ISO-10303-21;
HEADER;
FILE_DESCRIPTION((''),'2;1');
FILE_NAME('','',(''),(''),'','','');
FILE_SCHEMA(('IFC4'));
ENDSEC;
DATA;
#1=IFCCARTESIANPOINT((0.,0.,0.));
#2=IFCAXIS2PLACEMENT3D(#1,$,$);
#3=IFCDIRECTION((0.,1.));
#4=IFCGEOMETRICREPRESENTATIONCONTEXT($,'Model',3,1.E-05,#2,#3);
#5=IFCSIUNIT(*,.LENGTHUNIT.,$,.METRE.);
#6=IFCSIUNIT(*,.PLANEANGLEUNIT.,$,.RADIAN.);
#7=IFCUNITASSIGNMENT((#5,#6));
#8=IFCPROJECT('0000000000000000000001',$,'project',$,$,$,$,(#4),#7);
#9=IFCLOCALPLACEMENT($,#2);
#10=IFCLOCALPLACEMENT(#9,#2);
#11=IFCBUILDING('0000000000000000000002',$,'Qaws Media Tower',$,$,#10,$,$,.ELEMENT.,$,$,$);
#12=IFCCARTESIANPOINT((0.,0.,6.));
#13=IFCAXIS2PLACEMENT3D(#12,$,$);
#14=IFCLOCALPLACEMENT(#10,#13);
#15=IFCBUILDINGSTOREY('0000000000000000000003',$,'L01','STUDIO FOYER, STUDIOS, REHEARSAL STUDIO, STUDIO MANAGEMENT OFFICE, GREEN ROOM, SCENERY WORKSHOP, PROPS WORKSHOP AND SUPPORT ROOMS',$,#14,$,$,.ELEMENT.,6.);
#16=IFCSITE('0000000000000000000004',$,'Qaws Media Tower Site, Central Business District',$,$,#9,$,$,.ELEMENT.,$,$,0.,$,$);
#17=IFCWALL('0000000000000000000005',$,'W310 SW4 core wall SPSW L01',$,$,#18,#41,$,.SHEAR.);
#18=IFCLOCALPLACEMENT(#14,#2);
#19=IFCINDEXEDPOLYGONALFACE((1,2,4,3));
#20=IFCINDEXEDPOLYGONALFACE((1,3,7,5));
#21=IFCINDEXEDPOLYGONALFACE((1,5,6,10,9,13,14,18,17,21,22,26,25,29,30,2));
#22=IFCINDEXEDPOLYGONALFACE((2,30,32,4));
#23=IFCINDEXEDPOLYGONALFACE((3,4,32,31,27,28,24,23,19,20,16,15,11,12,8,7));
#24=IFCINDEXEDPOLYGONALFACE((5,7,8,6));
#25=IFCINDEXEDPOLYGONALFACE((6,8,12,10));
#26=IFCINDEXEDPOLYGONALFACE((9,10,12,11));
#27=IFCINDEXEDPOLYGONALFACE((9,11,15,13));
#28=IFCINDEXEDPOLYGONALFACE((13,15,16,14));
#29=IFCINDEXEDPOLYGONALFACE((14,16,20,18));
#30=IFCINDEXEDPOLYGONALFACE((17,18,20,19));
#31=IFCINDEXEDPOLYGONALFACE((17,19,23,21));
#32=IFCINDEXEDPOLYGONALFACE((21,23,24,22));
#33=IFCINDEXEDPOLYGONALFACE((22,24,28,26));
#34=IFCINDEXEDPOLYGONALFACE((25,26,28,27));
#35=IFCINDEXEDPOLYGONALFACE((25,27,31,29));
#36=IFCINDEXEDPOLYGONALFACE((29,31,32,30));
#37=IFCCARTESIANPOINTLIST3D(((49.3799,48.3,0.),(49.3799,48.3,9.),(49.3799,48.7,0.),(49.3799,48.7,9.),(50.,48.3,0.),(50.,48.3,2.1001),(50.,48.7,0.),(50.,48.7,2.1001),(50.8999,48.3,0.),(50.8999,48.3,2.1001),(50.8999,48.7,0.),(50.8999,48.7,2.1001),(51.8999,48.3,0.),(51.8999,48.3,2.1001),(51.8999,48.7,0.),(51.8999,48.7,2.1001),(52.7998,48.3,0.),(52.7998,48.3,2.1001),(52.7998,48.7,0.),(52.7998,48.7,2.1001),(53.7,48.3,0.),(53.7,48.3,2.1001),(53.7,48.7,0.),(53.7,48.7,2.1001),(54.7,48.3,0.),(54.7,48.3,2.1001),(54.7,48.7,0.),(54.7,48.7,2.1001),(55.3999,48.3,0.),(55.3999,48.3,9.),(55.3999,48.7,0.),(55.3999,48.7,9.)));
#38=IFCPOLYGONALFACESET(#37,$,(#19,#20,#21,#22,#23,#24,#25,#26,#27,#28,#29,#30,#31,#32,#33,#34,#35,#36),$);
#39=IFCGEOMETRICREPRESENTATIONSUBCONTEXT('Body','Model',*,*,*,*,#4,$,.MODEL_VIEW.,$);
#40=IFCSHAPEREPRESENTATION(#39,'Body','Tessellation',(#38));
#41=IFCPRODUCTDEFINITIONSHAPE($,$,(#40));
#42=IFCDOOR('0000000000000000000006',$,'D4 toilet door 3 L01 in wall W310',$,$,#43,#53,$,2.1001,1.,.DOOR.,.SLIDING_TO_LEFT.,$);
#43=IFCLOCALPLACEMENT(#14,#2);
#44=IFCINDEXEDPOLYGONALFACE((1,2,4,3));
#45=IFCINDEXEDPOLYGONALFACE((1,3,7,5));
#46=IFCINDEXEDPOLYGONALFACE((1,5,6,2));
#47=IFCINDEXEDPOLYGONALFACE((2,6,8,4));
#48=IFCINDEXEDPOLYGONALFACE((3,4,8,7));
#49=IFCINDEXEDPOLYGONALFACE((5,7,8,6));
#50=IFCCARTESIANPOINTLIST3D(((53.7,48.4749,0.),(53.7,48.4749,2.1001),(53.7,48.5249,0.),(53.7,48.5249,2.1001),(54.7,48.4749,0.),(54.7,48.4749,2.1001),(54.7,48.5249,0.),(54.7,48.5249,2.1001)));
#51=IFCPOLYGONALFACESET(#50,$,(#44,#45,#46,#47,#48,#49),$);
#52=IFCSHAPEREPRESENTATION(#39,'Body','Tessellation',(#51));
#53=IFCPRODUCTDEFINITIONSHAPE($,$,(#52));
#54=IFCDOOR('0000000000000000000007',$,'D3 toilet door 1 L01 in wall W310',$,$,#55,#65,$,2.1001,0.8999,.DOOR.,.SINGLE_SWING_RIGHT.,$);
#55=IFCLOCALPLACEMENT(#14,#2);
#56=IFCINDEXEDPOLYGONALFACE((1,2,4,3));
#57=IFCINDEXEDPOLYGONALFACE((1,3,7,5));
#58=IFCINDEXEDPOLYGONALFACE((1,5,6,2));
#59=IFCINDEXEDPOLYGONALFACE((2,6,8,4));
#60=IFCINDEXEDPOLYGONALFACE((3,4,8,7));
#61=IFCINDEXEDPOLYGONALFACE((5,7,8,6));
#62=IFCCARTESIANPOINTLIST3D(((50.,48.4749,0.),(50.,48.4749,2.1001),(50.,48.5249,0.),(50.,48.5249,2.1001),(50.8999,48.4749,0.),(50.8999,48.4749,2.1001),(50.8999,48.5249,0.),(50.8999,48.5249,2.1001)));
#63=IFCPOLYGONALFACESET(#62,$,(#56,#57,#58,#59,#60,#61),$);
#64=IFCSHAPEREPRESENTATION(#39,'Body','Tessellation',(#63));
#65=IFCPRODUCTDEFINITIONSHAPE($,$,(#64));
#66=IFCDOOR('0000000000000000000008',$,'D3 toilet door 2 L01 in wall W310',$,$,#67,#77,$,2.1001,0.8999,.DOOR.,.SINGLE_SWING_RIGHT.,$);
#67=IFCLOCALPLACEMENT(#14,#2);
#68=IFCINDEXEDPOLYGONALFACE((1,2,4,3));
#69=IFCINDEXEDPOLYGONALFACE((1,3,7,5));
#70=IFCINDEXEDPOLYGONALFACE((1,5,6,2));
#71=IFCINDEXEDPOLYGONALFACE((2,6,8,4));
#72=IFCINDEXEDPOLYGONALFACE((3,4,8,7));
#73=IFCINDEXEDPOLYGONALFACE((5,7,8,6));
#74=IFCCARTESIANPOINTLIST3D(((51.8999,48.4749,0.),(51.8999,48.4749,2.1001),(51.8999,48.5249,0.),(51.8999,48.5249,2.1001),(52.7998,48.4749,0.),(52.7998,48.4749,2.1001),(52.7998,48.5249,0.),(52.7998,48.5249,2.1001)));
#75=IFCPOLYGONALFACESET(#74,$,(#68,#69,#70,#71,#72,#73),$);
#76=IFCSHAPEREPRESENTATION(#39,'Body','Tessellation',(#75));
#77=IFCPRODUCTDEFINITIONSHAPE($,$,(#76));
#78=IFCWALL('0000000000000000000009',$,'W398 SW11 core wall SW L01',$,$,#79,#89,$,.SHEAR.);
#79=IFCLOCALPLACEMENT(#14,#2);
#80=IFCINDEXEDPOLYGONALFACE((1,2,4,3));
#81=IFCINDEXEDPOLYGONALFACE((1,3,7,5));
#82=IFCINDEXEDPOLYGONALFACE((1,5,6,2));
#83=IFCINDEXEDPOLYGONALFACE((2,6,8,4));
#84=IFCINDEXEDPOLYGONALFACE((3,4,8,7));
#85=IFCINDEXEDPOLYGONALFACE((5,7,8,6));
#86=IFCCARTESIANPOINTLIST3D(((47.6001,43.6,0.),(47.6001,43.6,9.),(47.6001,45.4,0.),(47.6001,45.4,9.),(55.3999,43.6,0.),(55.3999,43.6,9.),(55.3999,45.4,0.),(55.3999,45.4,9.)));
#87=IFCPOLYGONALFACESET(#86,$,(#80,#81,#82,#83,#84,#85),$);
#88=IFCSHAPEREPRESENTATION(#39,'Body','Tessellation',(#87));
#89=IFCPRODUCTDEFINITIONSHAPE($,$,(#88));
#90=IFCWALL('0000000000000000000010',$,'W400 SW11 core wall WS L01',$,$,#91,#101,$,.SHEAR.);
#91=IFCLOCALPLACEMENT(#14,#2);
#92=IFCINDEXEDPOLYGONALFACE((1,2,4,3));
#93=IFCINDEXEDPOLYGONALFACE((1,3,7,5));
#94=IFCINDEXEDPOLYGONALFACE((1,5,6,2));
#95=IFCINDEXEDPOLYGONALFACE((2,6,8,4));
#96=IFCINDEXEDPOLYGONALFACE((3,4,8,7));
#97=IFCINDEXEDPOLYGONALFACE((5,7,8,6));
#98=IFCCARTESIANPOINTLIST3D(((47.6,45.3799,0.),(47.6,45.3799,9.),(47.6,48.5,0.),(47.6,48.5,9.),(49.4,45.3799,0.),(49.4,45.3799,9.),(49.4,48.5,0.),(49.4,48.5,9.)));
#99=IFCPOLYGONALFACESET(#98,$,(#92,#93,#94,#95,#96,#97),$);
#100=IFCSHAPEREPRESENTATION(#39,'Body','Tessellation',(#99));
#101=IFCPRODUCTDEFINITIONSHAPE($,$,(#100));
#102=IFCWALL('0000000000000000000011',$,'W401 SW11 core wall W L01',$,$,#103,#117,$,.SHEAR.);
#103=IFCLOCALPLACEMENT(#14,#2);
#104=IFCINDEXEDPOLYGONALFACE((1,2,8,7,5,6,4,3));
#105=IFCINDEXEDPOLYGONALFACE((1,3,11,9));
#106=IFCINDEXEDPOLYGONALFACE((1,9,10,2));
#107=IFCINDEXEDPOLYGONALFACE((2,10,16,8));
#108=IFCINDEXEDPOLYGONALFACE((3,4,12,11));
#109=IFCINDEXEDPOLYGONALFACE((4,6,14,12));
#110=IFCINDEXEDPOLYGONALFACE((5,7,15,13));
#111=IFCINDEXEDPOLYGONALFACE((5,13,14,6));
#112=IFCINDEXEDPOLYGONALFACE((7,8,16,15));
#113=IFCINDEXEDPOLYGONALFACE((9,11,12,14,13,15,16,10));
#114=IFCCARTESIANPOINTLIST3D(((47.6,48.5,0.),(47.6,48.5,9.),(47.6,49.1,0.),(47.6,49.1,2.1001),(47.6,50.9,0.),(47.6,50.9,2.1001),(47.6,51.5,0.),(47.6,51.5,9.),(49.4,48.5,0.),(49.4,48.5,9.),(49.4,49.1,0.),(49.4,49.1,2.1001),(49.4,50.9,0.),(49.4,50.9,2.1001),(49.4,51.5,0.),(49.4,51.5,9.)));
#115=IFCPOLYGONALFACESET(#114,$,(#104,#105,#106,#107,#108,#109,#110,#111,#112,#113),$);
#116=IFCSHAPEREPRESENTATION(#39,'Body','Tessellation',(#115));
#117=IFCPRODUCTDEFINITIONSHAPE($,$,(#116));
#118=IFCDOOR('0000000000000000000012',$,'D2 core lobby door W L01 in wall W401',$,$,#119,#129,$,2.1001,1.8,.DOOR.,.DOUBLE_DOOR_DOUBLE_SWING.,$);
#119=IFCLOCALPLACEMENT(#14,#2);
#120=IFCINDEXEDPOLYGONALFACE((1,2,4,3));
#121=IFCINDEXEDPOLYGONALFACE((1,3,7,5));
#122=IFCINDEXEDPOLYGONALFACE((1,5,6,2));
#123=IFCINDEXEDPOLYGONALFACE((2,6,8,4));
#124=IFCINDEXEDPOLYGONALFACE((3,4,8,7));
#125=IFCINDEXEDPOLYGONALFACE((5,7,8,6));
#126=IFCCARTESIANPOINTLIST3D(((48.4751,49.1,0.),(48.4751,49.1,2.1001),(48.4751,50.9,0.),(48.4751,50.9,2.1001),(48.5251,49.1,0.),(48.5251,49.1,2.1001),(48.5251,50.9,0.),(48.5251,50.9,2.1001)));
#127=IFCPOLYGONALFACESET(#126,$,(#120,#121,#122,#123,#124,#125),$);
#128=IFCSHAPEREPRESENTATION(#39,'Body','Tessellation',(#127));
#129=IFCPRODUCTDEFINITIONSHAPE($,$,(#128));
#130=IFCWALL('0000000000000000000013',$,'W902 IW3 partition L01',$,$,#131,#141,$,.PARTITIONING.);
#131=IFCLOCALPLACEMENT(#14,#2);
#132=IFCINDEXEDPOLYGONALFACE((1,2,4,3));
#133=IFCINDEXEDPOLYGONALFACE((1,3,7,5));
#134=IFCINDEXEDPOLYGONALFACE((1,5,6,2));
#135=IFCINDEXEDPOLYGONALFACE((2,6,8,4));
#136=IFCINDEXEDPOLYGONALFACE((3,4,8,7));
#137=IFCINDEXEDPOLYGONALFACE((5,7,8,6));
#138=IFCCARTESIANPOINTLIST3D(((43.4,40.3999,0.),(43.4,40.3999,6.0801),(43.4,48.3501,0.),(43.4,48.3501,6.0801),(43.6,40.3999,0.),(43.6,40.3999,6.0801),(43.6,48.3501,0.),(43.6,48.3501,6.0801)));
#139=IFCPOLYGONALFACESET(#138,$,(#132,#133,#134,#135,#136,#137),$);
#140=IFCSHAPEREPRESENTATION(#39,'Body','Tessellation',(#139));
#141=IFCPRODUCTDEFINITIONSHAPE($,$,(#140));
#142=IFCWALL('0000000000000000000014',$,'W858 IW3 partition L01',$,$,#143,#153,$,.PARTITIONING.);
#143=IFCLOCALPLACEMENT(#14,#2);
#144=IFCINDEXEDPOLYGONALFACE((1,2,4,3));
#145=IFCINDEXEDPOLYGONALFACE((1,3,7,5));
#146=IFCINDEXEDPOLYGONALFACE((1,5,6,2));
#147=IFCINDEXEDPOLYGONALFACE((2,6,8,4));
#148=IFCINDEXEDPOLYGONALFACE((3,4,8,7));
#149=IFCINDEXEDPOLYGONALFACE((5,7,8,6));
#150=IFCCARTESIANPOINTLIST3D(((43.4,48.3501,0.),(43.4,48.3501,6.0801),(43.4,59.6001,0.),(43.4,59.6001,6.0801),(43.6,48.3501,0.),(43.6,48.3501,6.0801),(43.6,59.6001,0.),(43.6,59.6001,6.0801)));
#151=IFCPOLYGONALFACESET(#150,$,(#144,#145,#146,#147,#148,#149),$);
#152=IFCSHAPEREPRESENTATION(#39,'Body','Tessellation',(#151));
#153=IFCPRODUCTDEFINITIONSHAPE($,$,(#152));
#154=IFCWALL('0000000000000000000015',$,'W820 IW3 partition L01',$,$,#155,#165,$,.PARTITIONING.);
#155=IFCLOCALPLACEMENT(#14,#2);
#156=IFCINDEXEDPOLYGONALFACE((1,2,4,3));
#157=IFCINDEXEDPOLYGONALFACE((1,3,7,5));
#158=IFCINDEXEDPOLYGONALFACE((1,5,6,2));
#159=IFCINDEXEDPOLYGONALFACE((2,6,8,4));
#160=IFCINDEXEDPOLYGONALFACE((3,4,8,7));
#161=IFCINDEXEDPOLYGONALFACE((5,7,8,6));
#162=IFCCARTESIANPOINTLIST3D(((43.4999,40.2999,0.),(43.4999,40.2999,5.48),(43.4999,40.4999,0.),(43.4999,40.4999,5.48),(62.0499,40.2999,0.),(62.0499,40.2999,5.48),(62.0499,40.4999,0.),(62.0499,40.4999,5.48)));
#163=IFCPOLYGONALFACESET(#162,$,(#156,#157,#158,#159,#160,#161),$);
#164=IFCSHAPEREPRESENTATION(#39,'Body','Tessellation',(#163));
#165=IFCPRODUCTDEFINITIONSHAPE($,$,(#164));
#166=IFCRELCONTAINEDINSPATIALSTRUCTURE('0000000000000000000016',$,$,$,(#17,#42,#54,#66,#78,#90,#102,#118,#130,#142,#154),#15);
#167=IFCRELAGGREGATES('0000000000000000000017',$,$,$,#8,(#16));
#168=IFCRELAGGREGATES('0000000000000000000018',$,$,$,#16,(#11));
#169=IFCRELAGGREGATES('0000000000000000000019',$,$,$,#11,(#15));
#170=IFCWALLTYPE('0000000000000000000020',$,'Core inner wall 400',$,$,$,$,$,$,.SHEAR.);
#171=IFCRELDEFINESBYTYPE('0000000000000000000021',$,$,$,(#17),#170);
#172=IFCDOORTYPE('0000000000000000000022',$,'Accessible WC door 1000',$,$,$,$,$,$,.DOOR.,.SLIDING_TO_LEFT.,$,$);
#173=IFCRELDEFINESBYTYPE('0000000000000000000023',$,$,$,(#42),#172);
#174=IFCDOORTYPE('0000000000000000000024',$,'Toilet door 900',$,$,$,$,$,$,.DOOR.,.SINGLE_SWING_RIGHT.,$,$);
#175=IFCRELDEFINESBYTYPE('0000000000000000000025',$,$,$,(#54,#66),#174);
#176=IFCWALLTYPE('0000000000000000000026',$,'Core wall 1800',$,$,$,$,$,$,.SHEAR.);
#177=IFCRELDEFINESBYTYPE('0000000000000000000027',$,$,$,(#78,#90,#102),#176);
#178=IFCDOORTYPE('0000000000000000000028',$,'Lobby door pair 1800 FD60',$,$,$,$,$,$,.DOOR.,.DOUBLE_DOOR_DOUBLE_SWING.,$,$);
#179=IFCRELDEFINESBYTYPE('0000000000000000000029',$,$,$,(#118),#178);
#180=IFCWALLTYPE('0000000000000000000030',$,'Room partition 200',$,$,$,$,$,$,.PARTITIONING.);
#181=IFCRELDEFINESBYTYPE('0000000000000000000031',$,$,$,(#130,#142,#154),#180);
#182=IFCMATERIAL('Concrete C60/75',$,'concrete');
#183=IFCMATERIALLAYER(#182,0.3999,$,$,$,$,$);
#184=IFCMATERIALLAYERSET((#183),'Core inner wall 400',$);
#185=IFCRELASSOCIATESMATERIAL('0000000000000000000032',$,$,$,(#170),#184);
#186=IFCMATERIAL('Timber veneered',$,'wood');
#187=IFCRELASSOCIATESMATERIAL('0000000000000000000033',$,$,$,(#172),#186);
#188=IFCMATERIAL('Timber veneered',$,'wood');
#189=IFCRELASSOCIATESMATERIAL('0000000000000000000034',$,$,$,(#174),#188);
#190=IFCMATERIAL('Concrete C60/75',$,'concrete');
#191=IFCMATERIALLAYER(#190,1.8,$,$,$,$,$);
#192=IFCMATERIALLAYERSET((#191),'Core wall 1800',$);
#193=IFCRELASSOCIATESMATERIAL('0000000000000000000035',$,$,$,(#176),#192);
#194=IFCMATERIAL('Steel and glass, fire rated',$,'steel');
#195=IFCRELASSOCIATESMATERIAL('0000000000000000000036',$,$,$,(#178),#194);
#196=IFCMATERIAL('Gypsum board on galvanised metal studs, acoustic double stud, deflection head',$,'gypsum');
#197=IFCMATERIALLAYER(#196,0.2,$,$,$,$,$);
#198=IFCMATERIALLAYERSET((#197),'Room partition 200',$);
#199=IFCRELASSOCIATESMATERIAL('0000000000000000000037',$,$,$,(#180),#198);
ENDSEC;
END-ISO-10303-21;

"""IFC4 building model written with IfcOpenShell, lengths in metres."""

from ifc_helpers import new_model, si_unit, direction, frame, frame_2d, origin, place, context, subcontext, project, spatial, rectangle, extrude, material, layer, layer_set, type_object, element, fill, save


model = new_model("IFC4")

# Units and contexts
model_context = context("Model", 3, precision=1e-05, world=origin(), true_north=direction((0.0, 1.0)))
body_context = subcontext(model_context, "Body", "Model", "MODEL_VIEW")
ifc_project = project(units=[si_unit("LENGTHUNIT", "METRE"), si_unit("PLANEANGLEUNIT", "RADIAN")], contexts=[model_context])

# Site, building, storey
site_placement = place(None, origin())
site = spatial("IfcSite", under=ifc_project, at=site_placement, Name="Qaws Media Tower Site, Central Business District", CompositionType="ELEMENT", RefElevation=0.0)
building_placement = place(site_placement, origin())
building = spatial("IfcBuilding", under=site, at=building_placement, Name="Qaws Media Tower", CompositionType="ELEMENT")
storey_placement = place(building_placement, frame((0.0, 0.0, 6.0)))
storey = spatial("IfcBuildingStorey", under=building, at=storey_placement, Name="L01", Description="STUDIO FOYER, STUDIOS, REHEARSAL STUDIO, STUDIO MANAGEMENT OFFICE, GREEN ROOM, SCENERY WORKSHOP, PROPS WORKSHOP AND SUPPORT ROOMS", CompositionType="ELEMENT", Elevation=6.0)

# Wall, openings, doors
ifc_material_1 = material(Name="Concrete C60/75", Category="concrete")
ifc_layer_1 = layer(ifc_material_1, 0.3999)
ifc_layer_set_1 = layer_set([ifc_layer_1], Name="Core inner wall 400")
wall_type_1 = type_object("IfcWallType", Name="Core inner wall 400", PredefinedType="SHEAR", material=ifc_layer_set_1)
wall_1_placement = place(storey_placement, frame((49.3799, 48.5, 0.0), z_axis=(0.0, 0.0, 1.0), x_axis=(1.0, 0.0, 0.0)))
wall_1 = element("IfcWall", 1, at=wall_1_placement, inside=storey, type_object=wall_type_1, Name="W310 SW4 core wall SPSW L01", PredefinedType="SHEAR", context=body_context, shape_type="SweptSolid", body=[
    extrude(rectangle(XDim=6.02, YDim=0.3999, at=frame_2d((3.01, 0.0))), origin(), (0.0, 0.0, 1.0), 9.0),
])
opening_1_placement = place(wall_1_placement, frame((0.6201, 0.0, 0.0)))
opening_1 = element("IfcOpeningElement", 2, at=opening_1_placement, cuts=wall_1, PredefinedType="OPENING", context=body_context, shape_type="SweptSolid", body=[
    extrude(rectangle(XDim=0.8999, YDim=2.1001, at=frame_2d((0.45, 1.05))), frame((0.0, 0.21, 0.0), z_axis=(0.0, -1.0, 0.0), x_axis=(1.0, 0.0, 0.0)), (0.0, 0.0, 1.0), 0.4199),
])
opening_2_placement = place(wall_1_placement, frame((2.52, 0.0, 0.0)))
opening_2 = element("IfcOpeningElement", 3, at=opening_2_placement, cuts=wall_1, PredefinedType="OPENING", context=body_context, shape_type="SweptSolid", body=[
    extrude(rectangle(XDim=0.8999, YDim=2.1001, at=frame_2d((0.45, 1.05))), frame((0.0, 0.21, 0.0), z_axis=(0.0, -1.0, 0.0), x_axis=(1.0, 0.0, 0.0)), (0.0, 0.0, 1.0), 0.4199),
])
opening_3_placement = place(wall_1_placement, frame((4.3201, 0.0, 0.0)))
opening_3 = element("IfcOpeningElement", 4, at=opening_3_placement, cuts=wall_1, PredefinedType="OPENING", context=body_context, shape_type="SweptSolid", body=[
    extrude(rectangle(XDim=1.0, YDim=2.1001, at=frame_2d((0.5, 1.05))), frame((0.0, 0.21, 0.0), z_axis=(0.0, -1.0, 0.0), x_axis=(1.0, 0.0, 0.0)), (0.0, 0.0, 1.0), 0.4199),
])
ifc_material_2 = material(Name="Timber veneered", Category="wood")
door_type_1 = type_object("IfcDoorType", Name="Accessible WC door 1000", OperationType="SLIDING_TO_LEFT", PredefinedType="DOOR", material=ifc_material_2)
door_1_placement = place(opening_3_placement, origin())
door_1 = element("IfcDoor", 5, at=door_1_placement, inside=storey, type_object=door_type_1, Name="D4 toilet door 3 L01 in wall W310", OperationType="SLIDING_TO_LEFT", OverallHeight=2.1001, OverallWidth=1.0, PredefinedType="DOOR", context=body_context, shape_type="SweptSolid", body=[
    extrude(rectangle(XDim=1.0, YDim=2.1001, at=frame_2d((0.5, 1.05))), frame((0.0, 0.0249, 0.0), z_axis=(0.0, -1.0, 0.0), x_axis=(1.0, 0.0, 0.0)), (0.0, 0.0, 1.0), 0.05),
])
fill(opening_3, door_1)
ifc_material_3 = material(Name="Timber veneered", Category="wood")
door_type_2 = type_object("IfcDoorType", Name="Toilet door 900", OperationType="SINGLE_SWING_RIGHT", PredefinedType="DOOR", material=ifc_material_3)
door_2_placement = place(opening_1_placement, origin())
door_2 = element("IfcDoor", 6, at=door_2_placement, inside=storey, type_object=door_type_2, Name="D3 toilet door 1 L01 in wall W310", OperationType="SINGLE_SWING_RIGHT", OverallHeight=2.1001, OverallWidth=0.8999, PredefinedType="DOOR", context=body_context, shape_type="SweptSolid", body=[
    extrude(rectangle(XDim=0.8999, YDim=2.1001, at=frame_2d((0.45, 1.05))), frame((0.0, 0.0249, 0.0), z_axis=(0.0, -1.0, 0.0), x_axis=(1.0, 0.0, 0.0)), (0.0, 0.0, 1.0), 0.05),
])
fill(opening_1, door_2)
door_3_placement = place(opening_2_placement, origin())
door_3 = element("IfcDoor", 7, at=door_3_placement, inside=storey, type_object=door_type_2, Name="D3 toilet door 2 L01 in wall W310", OperationType="SINGLE_SWING_RIGHT", OverallHeight=2.1001, OverallWidth=0.8999, PredefinedType="DOOR", context=body_context, shape_type="SweptSolid", body=[
    extrude(rectangle(XDim=0.8999, YDim=2.1001, at=frame_2d((0.45, 1.05))), frame((0.0, 0.0249, 0.0), z_axis=(0.0, -1.0, 0.0), x_axis=(1.0, 0.0, 0.0)), (0.0, 0.0, 1.0), 0.05),
])
fill(opening_2, door_3)

# Walls
ifc_material_4 = material(Name="Concrete C60/75", Category="concrete")
ifc_layer_2 = layer(ifc_material_4, 1.8)
ifc_layer_set_2 = layer_set([ifc_layer_2], Name="Core wall 1800")
wall_type_2 = type_object("IfcWallType", Name="Core wall 1800", PredefinedType="SHEAR", material=ifc_layer_set_2)
wall_2_placement = place(storey_placement, frame((47.6001, 44.5, 0.0), z_axis=(0.0, 0.0, 1.0), x_axis=(1.0, 0.0, 0.0)))
element("IfcWall", 8, at=wall_2_placement, inside=storey, type_object=wall_type_2, Name="W398 SW11 core wall SW L01", PredefinedType="SHEAR", context=body_context, shape_type="SweptSolid", body=[
    extrude(rectangle(XDim=7.7998, YDim=1.8, at=frame_2d((3.8999, 0.0))), origin(), (0.0, 0.0, 1.0), 9.0),
])
wall_3_placement = place(storey_placement, frame((48.5, 45.3799, 0.0), z_axis=(0.0, 0.0, 1.0), x_axis=(0.0, 1.0, 0.0)))
element("IfcWall", 9, at=wall_3_placement, inside=storey, type_object=wall_type_2, Name="W400 SW11 core wall WS L01", PredefinedType="SHEAR", context=body_context, shape_type="SweptSolid", body=[
    extrude(rectangle(XDim=3.1201, YDim=1.8, at=frame_2d((1.5601, 0.0))), origin(), (0.0, 0.0, 1.0), 9.0),
])

# Wall, opening, door
wall_4_placement = place(storey_placement, frame((48.5, 48.5, 0.0), z_axis=(0.0, 0.0, 1.0), x_axis=(0.0, 1.0, 0.0)))
wall_4 = element("IfcWall", 10, at=wall_4_placement, inside=storey, type_object=wall_type_2, Name="W401 SW11 core wall W L01", PredefinedType="SHEAR", context=body_context, shape_type="SweptSolid", body=[
    extrude(rectangle(XDim=3.0, YDim=1.8, at=frame_2d((1.5, 0.0))), origin(), (0.0, 0.0, 1.0), 9.0),
])
opening_4_placement = place(wall_4_placement, frame((0.6001, 0.0, 0.0)))
opening_4 = element("IfcOpeningElement", 11, at=opening_4_placement, cuts=wall_4, PredefinedType="OPENING", context=body_context, shape_type="SweptSolid", body=[
    extrude(rectangle(XDim=1.8, YDim=2.1001, at=frame_2d((0.8999, 1.05))), frame((0.0, 0.9099, 0.0), z_axis=(0.0, -1.0, 0.0), x_axis=(1.0, 0.0, 0.0)), (0.0, 0.0, 1.0), 1.8201),
])
ifc_material_5 = material(Name="Steel and glass, fire rated", Category="steel")
door_type_3 = type_object("IfcDoorType", Name="Lobby door pair 1800 FD60", OperationType="DOUBLE_DOOR_DOUBLE_SWING", PredefinedType="DOOR", material=ifc_material_5)
door_4_placement = place(opening_4_placement, origin())
door_4 = element("IfcDoor", 12, at=door_4_placement, inside=storey, type_object=door_type_3, Name="D2 core lobby door W L01 in wall W401", OperationType="DOUBLE_DOOR_DOUBLE_SWING", OverallHeight=2.1001, OverallWidth=1.8, PredefinedType="DOOR", context=body_context, shape_type="SweptSolid", body=[
    extrude(rectangle(XDim=1.8, YDim=2.1001, at=frame_2d((0.8999, 1.05))), frame((0.0, 0.0249, 0.0), z_axis=(0.0, -1.0, 0.0), x_axis=(1.0, 0.0, 0.0)), (0.0, 0.0, 1.0), 0.05),
])
fill(opening_4, door_4)

# Walls
ifc_material_6 = material(Name="Gypsum board on galvanised metal studs, acoustic double stud, deflection head", Category="gypsum")
ifc_layer_3 = layer(ifc_material_6, 0.2)
ifc_layer_set_3 = layer_set([ifc_layer_3], Name="Room partition 200")
wall_type_3 = type_object("IfcWallType", Name="Room partition 200", PredefinedType="PARTITIONING", material=ifc_layer_set_3)
wall_5_placement = place(storey_placement, frame((43.5, 40.3999, 0.0), z_axis=(0.0, 0.0, 1.0), x_axis=(0.0, 1.0, 0.0)))
element("IfcWall", 13, at=wall_5_placement, inside=storey, type_object=wall_type_3, Name="W902 IW3 partition L01", PredefinedType="PARTITIONING", context=body_context, shape_type="SweptSolid", body=[
    extrude(rectangle(XDim=7.9502, YDim=0.2, at=frame_2d((3.9751, 0.0))), origin(), (0.0, 0.0, 1.0), 6.0801),
])
wall_6_placement = place(storey_placement, frame((43.5, 48.3501, 0.0), z_axis=(0.0, 0.0, 1.0), x_axis=(0.0, 1.0, 0.0)))
element("IfcWall", 14, at=wall_6_placement, inside=storey, type_object=wall_type_3, Name="W858 IW3 partition L01", PredefinedType="PARTITIONING", context=body_context, shape_type="SweptSolid", body=[
    extrude(rectangle(XDim=11.25, YDim=0.2, at=frame_2d((5.625, 0.0))), origin(), (0.0, 0.0, 1.0), 6.0801),
])
wall_7_placement = place(storey_placement, frame((43.5, 40.3999, 0.0), z_axis=(0.0, 0.0, 1.0), x_axis=(1.0, 0.0, 0.0)))
element("IfcWall", 15, at=wall_7_placement, inside=storey, type_object=wall_type_3, Name="W820 IW3 partition L01", PredefinedType="PARTITIONING", context=body_context, shape_type="SweptSolid", body=[
    extrude(rectangle(XDim=18.55, YDim=0.2, at=frame_2d((9.2749, 0.0))), origin(), (0.0, 0.0, 1.0), 5.48),
])

save(model, "model.ifc")
